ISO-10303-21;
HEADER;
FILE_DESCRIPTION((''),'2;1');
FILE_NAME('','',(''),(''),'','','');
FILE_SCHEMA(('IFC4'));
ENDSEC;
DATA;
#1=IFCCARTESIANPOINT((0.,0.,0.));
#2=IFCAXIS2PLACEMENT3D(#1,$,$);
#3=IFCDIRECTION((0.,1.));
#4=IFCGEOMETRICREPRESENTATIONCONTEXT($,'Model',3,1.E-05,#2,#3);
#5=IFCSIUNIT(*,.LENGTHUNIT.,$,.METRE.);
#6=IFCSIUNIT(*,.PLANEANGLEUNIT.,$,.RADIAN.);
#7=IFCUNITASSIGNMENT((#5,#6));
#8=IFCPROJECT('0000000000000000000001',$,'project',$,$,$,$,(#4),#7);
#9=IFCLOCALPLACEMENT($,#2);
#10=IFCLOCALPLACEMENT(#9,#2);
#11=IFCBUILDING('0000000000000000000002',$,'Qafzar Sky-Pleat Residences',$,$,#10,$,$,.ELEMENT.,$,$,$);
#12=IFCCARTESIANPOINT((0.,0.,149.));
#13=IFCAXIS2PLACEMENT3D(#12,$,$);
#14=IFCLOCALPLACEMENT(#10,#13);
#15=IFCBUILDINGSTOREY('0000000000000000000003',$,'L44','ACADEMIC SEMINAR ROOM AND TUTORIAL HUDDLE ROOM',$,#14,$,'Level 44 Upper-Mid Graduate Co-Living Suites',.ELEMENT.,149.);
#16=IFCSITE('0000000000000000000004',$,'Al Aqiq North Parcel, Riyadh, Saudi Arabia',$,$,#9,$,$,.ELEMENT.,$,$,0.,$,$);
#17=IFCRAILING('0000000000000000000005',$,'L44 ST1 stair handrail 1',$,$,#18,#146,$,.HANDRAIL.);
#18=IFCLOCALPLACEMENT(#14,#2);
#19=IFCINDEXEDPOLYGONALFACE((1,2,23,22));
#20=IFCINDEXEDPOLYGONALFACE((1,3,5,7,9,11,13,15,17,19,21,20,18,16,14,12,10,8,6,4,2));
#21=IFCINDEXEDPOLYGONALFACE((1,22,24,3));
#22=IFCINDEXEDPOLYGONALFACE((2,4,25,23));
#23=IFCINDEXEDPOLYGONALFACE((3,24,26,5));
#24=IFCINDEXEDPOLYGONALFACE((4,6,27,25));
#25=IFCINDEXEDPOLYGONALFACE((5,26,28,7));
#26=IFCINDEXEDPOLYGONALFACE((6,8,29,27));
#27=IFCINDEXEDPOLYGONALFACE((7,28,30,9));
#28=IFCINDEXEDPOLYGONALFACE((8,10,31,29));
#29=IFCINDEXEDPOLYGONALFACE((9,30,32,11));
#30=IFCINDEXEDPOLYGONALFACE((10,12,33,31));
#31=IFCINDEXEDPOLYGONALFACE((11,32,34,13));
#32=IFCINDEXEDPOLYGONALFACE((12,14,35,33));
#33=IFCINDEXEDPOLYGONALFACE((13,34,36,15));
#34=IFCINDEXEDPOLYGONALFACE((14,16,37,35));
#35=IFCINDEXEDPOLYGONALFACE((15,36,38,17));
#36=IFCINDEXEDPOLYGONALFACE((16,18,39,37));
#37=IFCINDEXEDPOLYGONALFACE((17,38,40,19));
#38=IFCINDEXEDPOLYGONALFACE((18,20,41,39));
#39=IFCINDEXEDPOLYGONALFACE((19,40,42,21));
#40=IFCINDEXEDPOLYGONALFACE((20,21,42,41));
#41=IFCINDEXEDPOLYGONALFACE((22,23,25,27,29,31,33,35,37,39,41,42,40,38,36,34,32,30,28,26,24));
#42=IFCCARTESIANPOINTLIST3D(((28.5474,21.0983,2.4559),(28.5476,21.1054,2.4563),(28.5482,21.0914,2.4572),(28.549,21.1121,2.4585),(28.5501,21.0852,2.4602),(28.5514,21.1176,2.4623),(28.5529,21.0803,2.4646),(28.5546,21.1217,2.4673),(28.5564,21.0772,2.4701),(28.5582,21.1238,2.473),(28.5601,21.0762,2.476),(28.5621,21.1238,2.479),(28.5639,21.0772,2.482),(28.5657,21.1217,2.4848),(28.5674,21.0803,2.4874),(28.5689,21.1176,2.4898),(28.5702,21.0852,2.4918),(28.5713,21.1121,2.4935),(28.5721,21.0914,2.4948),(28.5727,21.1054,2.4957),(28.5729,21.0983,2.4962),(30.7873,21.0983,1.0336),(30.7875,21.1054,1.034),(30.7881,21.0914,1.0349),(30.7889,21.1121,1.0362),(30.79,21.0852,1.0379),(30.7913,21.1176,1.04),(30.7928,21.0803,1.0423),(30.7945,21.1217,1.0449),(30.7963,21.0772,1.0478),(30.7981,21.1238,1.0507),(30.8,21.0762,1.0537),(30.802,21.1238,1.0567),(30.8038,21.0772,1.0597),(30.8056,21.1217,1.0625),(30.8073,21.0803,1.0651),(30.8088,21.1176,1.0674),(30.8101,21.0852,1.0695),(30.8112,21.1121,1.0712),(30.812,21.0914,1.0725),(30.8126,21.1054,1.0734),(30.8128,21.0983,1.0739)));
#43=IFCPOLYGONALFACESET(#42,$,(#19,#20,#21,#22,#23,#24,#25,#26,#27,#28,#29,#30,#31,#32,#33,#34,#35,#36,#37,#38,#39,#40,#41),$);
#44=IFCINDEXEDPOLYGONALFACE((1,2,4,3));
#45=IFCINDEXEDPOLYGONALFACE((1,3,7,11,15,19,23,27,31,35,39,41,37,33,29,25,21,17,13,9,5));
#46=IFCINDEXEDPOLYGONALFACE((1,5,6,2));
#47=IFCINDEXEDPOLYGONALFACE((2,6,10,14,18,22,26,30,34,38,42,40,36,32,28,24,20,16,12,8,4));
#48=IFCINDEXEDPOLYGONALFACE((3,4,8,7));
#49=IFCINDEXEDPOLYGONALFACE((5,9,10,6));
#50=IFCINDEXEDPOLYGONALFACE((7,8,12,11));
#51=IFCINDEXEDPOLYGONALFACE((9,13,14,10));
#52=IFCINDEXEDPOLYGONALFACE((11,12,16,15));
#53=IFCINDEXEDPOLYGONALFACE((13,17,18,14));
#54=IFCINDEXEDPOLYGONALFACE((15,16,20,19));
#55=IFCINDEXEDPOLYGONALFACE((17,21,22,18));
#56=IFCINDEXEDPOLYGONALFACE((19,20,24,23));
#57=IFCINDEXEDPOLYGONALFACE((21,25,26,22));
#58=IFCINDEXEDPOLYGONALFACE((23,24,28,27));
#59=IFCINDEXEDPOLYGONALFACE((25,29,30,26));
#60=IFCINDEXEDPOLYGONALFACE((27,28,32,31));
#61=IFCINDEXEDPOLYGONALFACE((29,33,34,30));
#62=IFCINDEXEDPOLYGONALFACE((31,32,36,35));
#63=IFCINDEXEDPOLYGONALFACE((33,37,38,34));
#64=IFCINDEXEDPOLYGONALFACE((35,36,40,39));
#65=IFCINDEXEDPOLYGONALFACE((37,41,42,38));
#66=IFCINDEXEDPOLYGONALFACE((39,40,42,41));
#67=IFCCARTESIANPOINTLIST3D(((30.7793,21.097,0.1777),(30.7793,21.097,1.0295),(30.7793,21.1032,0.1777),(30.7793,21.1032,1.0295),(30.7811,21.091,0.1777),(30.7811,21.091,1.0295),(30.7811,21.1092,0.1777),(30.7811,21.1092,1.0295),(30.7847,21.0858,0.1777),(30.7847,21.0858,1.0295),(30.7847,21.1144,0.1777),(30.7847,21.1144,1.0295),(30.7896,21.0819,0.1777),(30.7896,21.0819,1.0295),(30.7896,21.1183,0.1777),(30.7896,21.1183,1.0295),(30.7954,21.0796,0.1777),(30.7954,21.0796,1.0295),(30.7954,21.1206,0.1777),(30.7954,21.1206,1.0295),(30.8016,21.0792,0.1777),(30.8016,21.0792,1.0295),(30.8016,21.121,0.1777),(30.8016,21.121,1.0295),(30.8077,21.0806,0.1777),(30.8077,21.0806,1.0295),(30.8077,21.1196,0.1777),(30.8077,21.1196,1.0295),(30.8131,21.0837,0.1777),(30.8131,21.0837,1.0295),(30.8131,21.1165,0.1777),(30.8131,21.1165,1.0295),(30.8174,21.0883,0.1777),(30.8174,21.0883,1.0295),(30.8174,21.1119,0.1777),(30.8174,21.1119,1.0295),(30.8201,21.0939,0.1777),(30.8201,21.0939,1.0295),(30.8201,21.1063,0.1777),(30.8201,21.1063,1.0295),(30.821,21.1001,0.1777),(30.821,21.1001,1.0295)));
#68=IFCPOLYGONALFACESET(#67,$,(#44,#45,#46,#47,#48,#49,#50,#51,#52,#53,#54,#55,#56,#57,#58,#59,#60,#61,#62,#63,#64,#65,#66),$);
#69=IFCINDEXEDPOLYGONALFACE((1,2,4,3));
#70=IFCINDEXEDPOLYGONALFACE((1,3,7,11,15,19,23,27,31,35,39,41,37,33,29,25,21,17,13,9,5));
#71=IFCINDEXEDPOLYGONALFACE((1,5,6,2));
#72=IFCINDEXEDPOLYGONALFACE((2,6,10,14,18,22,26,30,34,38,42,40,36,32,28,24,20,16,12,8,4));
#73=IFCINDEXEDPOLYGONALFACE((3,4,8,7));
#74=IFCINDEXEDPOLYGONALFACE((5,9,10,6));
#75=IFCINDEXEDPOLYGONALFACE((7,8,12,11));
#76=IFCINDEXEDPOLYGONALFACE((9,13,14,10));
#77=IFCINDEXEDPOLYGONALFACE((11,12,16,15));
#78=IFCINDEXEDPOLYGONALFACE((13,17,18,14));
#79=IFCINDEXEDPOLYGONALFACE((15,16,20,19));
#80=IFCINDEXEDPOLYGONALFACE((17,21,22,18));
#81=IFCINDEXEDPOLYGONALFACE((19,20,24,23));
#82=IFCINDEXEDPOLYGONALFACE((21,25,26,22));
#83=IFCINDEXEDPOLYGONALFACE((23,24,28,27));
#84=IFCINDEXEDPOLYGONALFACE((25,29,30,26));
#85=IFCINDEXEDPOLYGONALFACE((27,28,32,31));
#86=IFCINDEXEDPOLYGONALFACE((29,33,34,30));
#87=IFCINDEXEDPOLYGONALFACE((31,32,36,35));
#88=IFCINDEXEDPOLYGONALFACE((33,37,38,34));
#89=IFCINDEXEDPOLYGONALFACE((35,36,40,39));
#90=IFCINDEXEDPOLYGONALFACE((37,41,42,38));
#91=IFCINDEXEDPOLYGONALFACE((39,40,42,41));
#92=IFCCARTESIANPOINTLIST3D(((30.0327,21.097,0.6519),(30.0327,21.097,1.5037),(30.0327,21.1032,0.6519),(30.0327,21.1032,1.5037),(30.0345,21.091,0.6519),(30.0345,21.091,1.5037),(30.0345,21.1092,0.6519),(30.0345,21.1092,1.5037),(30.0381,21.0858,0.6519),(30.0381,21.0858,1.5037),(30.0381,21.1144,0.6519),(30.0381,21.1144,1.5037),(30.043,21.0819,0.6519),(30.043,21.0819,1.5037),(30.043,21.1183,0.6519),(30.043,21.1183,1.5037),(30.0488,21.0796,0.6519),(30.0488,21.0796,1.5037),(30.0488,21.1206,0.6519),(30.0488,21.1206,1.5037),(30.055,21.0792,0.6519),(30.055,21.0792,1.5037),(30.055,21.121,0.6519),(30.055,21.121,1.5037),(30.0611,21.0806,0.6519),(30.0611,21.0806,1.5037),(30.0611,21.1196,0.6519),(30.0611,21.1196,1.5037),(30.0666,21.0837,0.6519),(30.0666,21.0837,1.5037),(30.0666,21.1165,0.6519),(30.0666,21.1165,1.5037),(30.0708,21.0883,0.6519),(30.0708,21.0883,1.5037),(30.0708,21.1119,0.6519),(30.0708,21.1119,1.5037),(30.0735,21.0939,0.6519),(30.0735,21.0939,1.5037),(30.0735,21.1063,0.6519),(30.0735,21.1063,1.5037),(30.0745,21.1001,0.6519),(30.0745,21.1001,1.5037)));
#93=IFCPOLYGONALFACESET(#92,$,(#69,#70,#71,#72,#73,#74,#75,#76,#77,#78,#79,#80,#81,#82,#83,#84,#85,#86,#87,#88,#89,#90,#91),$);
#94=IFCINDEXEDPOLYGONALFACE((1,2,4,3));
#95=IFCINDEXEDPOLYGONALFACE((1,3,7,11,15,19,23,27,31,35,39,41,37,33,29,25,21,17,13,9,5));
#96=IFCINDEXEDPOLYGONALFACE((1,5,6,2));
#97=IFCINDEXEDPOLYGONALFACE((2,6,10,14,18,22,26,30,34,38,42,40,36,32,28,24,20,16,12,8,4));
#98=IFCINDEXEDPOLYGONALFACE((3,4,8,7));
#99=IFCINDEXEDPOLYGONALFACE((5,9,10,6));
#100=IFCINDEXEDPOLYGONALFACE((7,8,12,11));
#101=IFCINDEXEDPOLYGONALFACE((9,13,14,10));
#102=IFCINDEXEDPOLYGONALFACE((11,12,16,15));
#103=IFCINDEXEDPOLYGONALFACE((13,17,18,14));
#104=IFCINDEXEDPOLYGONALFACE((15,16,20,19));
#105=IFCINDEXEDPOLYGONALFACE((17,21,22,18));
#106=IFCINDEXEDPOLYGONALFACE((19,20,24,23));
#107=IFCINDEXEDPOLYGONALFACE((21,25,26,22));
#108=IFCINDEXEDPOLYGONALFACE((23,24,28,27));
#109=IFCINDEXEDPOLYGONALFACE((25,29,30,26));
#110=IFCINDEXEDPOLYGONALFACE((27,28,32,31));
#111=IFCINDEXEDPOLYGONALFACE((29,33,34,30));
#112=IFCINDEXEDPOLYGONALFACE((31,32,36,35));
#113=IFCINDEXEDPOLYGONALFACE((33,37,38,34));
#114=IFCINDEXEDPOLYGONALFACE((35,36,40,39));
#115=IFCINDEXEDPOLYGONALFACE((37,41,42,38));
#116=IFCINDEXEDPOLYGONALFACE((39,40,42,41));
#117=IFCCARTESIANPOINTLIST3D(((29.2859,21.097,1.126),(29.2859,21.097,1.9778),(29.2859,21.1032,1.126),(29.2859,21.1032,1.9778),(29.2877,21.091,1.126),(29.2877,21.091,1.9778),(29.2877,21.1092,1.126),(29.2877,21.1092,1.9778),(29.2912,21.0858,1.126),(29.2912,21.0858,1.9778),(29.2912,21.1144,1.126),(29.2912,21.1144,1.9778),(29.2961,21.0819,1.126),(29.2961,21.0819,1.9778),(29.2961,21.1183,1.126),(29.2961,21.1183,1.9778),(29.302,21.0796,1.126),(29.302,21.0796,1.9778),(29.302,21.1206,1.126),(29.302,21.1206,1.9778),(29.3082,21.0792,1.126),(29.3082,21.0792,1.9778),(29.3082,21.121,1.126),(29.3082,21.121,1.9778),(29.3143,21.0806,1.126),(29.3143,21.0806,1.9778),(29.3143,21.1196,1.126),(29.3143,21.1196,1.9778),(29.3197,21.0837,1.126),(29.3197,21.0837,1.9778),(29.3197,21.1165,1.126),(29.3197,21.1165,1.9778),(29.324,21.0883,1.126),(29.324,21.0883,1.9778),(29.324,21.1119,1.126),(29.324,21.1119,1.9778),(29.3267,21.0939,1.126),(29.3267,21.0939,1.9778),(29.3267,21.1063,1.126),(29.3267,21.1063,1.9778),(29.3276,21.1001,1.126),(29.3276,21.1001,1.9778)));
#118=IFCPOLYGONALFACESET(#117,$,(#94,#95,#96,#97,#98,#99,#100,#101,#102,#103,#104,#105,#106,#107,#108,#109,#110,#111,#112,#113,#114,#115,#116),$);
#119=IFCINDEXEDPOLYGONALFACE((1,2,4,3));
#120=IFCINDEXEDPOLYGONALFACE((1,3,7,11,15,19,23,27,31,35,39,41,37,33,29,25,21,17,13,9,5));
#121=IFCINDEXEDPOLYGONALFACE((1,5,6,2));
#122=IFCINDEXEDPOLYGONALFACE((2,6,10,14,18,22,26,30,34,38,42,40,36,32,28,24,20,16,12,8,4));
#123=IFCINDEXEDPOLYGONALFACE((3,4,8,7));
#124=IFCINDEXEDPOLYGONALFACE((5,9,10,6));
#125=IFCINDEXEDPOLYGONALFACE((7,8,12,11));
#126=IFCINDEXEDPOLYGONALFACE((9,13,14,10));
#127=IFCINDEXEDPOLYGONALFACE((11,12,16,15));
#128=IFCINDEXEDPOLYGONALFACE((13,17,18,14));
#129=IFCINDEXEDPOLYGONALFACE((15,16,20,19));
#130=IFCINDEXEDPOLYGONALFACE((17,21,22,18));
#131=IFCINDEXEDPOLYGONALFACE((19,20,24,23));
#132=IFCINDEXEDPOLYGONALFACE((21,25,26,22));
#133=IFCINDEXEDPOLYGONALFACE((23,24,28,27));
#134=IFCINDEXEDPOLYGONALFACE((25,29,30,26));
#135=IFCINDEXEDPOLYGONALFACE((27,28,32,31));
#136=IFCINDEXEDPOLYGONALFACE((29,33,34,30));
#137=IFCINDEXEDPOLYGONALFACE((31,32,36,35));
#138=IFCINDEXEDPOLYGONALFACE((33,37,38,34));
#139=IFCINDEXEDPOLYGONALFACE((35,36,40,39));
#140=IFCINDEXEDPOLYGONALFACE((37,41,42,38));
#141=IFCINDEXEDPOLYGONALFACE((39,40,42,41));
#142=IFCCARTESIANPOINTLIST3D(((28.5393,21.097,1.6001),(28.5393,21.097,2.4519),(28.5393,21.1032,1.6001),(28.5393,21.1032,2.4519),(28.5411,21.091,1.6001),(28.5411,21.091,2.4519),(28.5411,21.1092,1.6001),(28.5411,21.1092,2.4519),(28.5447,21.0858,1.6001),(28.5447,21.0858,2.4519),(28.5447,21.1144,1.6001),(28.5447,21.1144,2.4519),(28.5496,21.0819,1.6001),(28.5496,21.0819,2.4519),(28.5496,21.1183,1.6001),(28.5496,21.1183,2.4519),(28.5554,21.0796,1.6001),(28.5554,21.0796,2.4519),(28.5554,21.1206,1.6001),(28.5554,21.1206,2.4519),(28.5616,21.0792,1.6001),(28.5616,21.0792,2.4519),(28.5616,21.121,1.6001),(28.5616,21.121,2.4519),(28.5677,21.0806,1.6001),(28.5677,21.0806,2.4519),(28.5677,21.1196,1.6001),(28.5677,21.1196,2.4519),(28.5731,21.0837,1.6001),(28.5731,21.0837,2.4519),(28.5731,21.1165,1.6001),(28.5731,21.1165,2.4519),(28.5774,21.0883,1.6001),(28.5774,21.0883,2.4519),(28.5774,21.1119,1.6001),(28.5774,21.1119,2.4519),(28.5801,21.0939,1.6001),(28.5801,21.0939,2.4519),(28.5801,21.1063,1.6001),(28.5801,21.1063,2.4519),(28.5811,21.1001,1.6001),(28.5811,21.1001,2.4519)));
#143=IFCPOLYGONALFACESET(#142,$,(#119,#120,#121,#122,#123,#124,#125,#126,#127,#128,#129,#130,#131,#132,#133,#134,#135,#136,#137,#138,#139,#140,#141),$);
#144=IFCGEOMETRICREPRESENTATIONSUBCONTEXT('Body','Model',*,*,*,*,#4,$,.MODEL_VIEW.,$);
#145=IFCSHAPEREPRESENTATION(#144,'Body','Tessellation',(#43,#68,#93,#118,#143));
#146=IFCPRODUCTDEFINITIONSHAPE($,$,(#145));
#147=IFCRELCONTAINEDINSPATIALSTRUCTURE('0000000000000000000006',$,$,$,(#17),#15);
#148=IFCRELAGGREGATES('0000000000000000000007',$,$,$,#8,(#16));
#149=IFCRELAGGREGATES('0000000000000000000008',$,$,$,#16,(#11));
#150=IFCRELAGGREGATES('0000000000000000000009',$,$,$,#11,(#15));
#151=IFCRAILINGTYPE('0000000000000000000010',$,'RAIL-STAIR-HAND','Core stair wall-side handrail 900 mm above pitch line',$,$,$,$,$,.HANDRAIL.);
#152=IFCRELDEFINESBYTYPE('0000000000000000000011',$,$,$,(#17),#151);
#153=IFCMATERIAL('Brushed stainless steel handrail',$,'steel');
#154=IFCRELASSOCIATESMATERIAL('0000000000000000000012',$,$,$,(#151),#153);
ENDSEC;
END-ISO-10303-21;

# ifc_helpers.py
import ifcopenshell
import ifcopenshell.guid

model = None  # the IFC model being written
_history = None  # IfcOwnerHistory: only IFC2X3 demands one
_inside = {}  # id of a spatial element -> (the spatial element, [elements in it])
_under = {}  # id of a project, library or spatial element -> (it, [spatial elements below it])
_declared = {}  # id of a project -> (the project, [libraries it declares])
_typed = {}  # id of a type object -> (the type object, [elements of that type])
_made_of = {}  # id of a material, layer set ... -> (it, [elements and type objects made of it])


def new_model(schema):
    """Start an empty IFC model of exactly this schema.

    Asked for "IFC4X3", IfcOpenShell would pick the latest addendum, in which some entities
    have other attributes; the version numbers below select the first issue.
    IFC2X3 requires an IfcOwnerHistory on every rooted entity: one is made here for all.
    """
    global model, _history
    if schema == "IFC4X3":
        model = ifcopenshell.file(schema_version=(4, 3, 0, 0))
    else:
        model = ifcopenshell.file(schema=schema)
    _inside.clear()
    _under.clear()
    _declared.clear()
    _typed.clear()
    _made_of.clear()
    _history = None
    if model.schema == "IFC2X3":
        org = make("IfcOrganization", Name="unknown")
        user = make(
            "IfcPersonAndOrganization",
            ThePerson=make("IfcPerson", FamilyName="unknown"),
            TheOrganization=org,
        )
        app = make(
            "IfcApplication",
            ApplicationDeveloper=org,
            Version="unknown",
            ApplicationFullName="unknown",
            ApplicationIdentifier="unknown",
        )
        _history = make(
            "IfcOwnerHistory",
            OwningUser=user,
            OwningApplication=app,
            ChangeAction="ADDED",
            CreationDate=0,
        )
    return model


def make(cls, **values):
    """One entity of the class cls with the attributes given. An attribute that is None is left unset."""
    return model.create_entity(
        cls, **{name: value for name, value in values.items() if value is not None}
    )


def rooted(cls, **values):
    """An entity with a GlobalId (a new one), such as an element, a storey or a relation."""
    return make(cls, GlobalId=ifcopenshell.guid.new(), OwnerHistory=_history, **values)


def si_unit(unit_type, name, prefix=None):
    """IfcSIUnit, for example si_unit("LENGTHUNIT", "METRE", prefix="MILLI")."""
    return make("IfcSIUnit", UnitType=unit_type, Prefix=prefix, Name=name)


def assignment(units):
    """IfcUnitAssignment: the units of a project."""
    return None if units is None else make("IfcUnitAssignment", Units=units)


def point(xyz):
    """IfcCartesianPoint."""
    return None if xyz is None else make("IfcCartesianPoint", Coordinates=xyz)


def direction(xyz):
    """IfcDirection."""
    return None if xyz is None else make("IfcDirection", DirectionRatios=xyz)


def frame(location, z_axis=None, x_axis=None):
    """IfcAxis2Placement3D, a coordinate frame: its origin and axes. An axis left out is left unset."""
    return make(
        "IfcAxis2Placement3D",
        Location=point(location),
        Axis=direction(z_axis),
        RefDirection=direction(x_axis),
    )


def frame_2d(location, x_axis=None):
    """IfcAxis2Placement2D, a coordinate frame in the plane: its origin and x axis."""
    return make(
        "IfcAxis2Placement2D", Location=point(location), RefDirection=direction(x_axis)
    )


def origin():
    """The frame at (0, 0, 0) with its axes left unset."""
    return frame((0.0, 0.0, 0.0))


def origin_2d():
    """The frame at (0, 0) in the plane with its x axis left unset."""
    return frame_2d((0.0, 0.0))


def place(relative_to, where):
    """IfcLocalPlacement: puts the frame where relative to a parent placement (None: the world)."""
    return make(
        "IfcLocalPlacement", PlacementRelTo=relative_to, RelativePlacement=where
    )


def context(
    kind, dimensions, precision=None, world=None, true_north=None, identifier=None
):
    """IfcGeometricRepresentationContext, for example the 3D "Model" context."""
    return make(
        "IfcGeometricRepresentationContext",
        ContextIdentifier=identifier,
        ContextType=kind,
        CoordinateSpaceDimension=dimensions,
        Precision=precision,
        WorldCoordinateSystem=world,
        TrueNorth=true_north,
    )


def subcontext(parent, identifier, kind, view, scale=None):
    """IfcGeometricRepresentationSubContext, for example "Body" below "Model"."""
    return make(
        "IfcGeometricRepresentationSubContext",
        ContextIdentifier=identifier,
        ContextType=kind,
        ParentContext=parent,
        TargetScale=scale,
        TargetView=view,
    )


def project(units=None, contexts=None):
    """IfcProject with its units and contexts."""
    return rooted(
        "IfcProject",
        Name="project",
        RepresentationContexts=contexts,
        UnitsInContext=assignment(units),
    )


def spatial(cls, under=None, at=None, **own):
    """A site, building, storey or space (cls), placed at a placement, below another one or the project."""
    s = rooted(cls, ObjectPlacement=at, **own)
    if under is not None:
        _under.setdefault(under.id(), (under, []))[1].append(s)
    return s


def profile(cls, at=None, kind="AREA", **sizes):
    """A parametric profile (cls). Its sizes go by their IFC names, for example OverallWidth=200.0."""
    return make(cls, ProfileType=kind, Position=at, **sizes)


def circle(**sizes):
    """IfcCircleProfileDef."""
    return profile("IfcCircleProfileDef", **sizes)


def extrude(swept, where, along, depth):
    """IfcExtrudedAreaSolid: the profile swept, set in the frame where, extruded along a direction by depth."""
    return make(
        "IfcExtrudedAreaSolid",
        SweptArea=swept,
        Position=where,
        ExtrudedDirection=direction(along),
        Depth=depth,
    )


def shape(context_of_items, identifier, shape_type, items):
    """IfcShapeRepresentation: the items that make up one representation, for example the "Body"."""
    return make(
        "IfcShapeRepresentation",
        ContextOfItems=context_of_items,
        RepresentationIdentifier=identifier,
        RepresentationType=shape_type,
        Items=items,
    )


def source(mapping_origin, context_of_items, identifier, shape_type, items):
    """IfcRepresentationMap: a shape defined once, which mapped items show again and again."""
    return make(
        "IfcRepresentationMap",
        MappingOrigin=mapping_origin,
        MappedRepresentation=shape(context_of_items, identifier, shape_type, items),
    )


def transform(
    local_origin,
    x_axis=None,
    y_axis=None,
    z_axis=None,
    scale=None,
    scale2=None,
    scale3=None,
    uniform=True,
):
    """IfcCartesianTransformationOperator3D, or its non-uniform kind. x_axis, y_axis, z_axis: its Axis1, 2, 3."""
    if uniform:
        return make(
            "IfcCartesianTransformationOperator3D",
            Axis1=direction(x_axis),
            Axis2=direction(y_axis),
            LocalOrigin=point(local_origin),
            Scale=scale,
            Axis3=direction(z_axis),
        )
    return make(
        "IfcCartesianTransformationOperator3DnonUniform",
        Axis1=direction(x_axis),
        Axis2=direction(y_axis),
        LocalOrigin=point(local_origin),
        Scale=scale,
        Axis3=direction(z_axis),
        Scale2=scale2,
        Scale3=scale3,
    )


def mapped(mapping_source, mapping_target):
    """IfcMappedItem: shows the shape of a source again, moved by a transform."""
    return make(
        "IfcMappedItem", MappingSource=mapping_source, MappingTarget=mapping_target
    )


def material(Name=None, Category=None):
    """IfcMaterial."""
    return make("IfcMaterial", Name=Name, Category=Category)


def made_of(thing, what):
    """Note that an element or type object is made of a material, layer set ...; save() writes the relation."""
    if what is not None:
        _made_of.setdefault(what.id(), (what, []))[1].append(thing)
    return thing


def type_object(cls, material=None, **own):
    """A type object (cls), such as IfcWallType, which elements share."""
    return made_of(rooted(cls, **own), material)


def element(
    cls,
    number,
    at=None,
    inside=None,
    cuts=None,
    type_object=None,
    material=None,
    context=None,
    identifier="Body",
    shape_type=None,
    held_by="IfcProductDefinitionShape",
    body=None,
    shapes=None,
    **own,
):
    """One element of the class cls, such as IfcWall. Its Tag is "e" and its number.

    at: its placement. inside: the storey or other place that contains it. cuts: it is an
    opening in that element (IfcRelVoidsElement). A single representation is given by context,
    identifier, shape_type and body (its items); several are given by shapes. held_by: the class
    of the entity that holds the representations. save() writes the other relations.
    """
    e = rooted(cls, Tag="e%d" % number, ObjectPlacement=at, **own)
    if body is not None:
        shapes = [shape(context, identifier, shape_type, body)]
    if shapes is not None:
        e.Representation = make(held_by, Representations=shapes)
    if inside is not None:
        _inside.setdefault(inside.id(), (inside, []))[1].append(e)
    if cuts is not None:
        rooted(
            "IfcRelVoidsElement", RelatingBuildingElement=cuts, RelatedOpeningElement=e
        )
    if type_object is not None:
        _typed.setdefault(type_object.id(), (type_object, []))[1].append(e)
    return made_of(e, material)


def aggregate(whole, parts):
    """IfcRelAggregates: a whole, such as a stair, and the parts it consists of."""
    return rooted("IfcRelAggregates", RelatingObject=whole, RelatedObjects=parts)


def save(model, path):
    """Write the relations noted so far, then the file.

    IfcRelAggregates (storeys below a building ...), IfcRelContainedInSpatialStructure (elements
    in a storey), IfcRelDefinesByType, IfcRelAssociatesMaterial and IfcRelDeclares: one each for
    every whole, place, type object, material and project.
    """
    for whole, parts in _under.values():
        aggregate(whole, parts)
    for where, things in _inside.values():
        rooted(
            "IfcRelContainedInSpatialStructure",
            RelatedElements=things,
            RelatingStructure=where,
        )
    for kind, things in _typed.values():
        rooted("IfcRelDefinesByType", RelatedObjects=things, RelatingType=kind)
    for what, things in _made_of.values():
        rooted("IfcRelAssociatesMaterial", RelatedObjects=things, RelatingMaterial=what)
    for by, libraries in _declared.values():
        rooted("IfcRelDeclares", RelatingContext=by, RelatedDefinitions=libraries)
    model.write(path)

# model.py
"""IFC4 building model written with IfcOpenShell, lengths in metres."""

from ifc_helpers import new_model, si_unit, direction, frame, origin, origin_2d, place, context, subcontext, project, spatial, circle, extrude, source, transform, mapped, material, type_object, element, save


model = new_model("IFC4")

# Units and contexts
model_context = context("Model", 3, precision=1e-05, world=origin(), true_north=direction((0.0, 1.0)))
body_context = subcontext(model_context, "Body", "Model", "MODEL_VIEW")
ifc_project = project(units=[si_unit("LENGTHUNIT", "METRE"), si_unit("PLANEANGLEUNIT", "RADIAN")], contexts=[model_context])

# Site, building, storey
site_placement = place(None, origin())
site = spatial("IfcSite", under=ifc_project, at=site_placement, Name="Al Aqiq North Parcel, Riyadh, Saudi Arabia", CompositionType="ELEMENT", RefElevation=0.0)
building_placement = place(site_placement, origin())
building = spatial("IfcBuilding", under=site, at=building_placement, Name="Qafzar Sky-Pleat Residences", CompositionType="ELEMENT")
storey_placement = place(building_placement, frame((0.0, 0.0, 149.0)))
storey = spatial("IfcBuildingStorey", under=building, at=storey_placement, Name="L44", Description="ACADEMIC SEMINAR ROOM AND TUTORIAL HUDDLE ROOM", LongName="Level 44 Upper-Mid Graduate Co-Living Suites", CompositionType="ELEMENT", Elevation=149.0)

# Railing
ifc_material_1 = material(Name="Brushed stainless steel handrail", Category="steel")
railing_type_1 = type_object("IfcRailingType", Name="RAIL-STAIR-HAND", Description="Core stair wall-side handrail 900 mm above pitch line", PredefinedType="HANDRAIL", material=ifc_material_1)
shared_shape_1 = source(origin(), body_context, "Body", "SweptSolid", [
    extrude(circle(Radius=0.0239, at=origin_2d()), frame((0.0, 0.0, 0.876), z_axis=(-0.844188, 0.0, 0.536048), x_axis=(0.0, -1.0, 0.0)), (0.0, 0.0, 1.0), 2.6533),
    extrude(circle(Radius=0.021, at=origin_2d()), origin(), (0.0, 0.0, 1.0), 0.8518),
    extrude(circle(Radius=0.021, at=origin_2d()), frame((-0.7466, 0.0, 0.4741)), (0.0, 0.0, 1.0), 0.8518),
    extrude(circle(Radius=0.021, at=origin_2d()), frame((-1.4934, 0.0, 0.9482)), (0.0, 0.0, 1.0), 0.8518),
    extrude(circle(Radius=0.021, at=origin_2d()), frame((-2.24, 0.0, 1.4224)), (0.0, 0.0, 1.0), 0.8518),
])
railing_1_placement = place(storey_placement, frame((30.8, 21.1001, 0.1777)))
element("IfcRailing", 1, at=railing_1_placement, inside=storey, type_object=railing_type_1, Name="L44 ST1 stair handrail 1", PredefinedType="HANDRAIL", context=body_context, shape_type="MappedRepresentation", body=[
    mapped(shared_shape_1, transform((0.0, 0.0, 0.0), x_axis=(1.0, 0.0, 0.0), y_axis=(0.0, 1.0, 0.0), z_axis=(0.0, 0.0, 1.0), scale=1.0)),
])

save(model, "model.ifc")
